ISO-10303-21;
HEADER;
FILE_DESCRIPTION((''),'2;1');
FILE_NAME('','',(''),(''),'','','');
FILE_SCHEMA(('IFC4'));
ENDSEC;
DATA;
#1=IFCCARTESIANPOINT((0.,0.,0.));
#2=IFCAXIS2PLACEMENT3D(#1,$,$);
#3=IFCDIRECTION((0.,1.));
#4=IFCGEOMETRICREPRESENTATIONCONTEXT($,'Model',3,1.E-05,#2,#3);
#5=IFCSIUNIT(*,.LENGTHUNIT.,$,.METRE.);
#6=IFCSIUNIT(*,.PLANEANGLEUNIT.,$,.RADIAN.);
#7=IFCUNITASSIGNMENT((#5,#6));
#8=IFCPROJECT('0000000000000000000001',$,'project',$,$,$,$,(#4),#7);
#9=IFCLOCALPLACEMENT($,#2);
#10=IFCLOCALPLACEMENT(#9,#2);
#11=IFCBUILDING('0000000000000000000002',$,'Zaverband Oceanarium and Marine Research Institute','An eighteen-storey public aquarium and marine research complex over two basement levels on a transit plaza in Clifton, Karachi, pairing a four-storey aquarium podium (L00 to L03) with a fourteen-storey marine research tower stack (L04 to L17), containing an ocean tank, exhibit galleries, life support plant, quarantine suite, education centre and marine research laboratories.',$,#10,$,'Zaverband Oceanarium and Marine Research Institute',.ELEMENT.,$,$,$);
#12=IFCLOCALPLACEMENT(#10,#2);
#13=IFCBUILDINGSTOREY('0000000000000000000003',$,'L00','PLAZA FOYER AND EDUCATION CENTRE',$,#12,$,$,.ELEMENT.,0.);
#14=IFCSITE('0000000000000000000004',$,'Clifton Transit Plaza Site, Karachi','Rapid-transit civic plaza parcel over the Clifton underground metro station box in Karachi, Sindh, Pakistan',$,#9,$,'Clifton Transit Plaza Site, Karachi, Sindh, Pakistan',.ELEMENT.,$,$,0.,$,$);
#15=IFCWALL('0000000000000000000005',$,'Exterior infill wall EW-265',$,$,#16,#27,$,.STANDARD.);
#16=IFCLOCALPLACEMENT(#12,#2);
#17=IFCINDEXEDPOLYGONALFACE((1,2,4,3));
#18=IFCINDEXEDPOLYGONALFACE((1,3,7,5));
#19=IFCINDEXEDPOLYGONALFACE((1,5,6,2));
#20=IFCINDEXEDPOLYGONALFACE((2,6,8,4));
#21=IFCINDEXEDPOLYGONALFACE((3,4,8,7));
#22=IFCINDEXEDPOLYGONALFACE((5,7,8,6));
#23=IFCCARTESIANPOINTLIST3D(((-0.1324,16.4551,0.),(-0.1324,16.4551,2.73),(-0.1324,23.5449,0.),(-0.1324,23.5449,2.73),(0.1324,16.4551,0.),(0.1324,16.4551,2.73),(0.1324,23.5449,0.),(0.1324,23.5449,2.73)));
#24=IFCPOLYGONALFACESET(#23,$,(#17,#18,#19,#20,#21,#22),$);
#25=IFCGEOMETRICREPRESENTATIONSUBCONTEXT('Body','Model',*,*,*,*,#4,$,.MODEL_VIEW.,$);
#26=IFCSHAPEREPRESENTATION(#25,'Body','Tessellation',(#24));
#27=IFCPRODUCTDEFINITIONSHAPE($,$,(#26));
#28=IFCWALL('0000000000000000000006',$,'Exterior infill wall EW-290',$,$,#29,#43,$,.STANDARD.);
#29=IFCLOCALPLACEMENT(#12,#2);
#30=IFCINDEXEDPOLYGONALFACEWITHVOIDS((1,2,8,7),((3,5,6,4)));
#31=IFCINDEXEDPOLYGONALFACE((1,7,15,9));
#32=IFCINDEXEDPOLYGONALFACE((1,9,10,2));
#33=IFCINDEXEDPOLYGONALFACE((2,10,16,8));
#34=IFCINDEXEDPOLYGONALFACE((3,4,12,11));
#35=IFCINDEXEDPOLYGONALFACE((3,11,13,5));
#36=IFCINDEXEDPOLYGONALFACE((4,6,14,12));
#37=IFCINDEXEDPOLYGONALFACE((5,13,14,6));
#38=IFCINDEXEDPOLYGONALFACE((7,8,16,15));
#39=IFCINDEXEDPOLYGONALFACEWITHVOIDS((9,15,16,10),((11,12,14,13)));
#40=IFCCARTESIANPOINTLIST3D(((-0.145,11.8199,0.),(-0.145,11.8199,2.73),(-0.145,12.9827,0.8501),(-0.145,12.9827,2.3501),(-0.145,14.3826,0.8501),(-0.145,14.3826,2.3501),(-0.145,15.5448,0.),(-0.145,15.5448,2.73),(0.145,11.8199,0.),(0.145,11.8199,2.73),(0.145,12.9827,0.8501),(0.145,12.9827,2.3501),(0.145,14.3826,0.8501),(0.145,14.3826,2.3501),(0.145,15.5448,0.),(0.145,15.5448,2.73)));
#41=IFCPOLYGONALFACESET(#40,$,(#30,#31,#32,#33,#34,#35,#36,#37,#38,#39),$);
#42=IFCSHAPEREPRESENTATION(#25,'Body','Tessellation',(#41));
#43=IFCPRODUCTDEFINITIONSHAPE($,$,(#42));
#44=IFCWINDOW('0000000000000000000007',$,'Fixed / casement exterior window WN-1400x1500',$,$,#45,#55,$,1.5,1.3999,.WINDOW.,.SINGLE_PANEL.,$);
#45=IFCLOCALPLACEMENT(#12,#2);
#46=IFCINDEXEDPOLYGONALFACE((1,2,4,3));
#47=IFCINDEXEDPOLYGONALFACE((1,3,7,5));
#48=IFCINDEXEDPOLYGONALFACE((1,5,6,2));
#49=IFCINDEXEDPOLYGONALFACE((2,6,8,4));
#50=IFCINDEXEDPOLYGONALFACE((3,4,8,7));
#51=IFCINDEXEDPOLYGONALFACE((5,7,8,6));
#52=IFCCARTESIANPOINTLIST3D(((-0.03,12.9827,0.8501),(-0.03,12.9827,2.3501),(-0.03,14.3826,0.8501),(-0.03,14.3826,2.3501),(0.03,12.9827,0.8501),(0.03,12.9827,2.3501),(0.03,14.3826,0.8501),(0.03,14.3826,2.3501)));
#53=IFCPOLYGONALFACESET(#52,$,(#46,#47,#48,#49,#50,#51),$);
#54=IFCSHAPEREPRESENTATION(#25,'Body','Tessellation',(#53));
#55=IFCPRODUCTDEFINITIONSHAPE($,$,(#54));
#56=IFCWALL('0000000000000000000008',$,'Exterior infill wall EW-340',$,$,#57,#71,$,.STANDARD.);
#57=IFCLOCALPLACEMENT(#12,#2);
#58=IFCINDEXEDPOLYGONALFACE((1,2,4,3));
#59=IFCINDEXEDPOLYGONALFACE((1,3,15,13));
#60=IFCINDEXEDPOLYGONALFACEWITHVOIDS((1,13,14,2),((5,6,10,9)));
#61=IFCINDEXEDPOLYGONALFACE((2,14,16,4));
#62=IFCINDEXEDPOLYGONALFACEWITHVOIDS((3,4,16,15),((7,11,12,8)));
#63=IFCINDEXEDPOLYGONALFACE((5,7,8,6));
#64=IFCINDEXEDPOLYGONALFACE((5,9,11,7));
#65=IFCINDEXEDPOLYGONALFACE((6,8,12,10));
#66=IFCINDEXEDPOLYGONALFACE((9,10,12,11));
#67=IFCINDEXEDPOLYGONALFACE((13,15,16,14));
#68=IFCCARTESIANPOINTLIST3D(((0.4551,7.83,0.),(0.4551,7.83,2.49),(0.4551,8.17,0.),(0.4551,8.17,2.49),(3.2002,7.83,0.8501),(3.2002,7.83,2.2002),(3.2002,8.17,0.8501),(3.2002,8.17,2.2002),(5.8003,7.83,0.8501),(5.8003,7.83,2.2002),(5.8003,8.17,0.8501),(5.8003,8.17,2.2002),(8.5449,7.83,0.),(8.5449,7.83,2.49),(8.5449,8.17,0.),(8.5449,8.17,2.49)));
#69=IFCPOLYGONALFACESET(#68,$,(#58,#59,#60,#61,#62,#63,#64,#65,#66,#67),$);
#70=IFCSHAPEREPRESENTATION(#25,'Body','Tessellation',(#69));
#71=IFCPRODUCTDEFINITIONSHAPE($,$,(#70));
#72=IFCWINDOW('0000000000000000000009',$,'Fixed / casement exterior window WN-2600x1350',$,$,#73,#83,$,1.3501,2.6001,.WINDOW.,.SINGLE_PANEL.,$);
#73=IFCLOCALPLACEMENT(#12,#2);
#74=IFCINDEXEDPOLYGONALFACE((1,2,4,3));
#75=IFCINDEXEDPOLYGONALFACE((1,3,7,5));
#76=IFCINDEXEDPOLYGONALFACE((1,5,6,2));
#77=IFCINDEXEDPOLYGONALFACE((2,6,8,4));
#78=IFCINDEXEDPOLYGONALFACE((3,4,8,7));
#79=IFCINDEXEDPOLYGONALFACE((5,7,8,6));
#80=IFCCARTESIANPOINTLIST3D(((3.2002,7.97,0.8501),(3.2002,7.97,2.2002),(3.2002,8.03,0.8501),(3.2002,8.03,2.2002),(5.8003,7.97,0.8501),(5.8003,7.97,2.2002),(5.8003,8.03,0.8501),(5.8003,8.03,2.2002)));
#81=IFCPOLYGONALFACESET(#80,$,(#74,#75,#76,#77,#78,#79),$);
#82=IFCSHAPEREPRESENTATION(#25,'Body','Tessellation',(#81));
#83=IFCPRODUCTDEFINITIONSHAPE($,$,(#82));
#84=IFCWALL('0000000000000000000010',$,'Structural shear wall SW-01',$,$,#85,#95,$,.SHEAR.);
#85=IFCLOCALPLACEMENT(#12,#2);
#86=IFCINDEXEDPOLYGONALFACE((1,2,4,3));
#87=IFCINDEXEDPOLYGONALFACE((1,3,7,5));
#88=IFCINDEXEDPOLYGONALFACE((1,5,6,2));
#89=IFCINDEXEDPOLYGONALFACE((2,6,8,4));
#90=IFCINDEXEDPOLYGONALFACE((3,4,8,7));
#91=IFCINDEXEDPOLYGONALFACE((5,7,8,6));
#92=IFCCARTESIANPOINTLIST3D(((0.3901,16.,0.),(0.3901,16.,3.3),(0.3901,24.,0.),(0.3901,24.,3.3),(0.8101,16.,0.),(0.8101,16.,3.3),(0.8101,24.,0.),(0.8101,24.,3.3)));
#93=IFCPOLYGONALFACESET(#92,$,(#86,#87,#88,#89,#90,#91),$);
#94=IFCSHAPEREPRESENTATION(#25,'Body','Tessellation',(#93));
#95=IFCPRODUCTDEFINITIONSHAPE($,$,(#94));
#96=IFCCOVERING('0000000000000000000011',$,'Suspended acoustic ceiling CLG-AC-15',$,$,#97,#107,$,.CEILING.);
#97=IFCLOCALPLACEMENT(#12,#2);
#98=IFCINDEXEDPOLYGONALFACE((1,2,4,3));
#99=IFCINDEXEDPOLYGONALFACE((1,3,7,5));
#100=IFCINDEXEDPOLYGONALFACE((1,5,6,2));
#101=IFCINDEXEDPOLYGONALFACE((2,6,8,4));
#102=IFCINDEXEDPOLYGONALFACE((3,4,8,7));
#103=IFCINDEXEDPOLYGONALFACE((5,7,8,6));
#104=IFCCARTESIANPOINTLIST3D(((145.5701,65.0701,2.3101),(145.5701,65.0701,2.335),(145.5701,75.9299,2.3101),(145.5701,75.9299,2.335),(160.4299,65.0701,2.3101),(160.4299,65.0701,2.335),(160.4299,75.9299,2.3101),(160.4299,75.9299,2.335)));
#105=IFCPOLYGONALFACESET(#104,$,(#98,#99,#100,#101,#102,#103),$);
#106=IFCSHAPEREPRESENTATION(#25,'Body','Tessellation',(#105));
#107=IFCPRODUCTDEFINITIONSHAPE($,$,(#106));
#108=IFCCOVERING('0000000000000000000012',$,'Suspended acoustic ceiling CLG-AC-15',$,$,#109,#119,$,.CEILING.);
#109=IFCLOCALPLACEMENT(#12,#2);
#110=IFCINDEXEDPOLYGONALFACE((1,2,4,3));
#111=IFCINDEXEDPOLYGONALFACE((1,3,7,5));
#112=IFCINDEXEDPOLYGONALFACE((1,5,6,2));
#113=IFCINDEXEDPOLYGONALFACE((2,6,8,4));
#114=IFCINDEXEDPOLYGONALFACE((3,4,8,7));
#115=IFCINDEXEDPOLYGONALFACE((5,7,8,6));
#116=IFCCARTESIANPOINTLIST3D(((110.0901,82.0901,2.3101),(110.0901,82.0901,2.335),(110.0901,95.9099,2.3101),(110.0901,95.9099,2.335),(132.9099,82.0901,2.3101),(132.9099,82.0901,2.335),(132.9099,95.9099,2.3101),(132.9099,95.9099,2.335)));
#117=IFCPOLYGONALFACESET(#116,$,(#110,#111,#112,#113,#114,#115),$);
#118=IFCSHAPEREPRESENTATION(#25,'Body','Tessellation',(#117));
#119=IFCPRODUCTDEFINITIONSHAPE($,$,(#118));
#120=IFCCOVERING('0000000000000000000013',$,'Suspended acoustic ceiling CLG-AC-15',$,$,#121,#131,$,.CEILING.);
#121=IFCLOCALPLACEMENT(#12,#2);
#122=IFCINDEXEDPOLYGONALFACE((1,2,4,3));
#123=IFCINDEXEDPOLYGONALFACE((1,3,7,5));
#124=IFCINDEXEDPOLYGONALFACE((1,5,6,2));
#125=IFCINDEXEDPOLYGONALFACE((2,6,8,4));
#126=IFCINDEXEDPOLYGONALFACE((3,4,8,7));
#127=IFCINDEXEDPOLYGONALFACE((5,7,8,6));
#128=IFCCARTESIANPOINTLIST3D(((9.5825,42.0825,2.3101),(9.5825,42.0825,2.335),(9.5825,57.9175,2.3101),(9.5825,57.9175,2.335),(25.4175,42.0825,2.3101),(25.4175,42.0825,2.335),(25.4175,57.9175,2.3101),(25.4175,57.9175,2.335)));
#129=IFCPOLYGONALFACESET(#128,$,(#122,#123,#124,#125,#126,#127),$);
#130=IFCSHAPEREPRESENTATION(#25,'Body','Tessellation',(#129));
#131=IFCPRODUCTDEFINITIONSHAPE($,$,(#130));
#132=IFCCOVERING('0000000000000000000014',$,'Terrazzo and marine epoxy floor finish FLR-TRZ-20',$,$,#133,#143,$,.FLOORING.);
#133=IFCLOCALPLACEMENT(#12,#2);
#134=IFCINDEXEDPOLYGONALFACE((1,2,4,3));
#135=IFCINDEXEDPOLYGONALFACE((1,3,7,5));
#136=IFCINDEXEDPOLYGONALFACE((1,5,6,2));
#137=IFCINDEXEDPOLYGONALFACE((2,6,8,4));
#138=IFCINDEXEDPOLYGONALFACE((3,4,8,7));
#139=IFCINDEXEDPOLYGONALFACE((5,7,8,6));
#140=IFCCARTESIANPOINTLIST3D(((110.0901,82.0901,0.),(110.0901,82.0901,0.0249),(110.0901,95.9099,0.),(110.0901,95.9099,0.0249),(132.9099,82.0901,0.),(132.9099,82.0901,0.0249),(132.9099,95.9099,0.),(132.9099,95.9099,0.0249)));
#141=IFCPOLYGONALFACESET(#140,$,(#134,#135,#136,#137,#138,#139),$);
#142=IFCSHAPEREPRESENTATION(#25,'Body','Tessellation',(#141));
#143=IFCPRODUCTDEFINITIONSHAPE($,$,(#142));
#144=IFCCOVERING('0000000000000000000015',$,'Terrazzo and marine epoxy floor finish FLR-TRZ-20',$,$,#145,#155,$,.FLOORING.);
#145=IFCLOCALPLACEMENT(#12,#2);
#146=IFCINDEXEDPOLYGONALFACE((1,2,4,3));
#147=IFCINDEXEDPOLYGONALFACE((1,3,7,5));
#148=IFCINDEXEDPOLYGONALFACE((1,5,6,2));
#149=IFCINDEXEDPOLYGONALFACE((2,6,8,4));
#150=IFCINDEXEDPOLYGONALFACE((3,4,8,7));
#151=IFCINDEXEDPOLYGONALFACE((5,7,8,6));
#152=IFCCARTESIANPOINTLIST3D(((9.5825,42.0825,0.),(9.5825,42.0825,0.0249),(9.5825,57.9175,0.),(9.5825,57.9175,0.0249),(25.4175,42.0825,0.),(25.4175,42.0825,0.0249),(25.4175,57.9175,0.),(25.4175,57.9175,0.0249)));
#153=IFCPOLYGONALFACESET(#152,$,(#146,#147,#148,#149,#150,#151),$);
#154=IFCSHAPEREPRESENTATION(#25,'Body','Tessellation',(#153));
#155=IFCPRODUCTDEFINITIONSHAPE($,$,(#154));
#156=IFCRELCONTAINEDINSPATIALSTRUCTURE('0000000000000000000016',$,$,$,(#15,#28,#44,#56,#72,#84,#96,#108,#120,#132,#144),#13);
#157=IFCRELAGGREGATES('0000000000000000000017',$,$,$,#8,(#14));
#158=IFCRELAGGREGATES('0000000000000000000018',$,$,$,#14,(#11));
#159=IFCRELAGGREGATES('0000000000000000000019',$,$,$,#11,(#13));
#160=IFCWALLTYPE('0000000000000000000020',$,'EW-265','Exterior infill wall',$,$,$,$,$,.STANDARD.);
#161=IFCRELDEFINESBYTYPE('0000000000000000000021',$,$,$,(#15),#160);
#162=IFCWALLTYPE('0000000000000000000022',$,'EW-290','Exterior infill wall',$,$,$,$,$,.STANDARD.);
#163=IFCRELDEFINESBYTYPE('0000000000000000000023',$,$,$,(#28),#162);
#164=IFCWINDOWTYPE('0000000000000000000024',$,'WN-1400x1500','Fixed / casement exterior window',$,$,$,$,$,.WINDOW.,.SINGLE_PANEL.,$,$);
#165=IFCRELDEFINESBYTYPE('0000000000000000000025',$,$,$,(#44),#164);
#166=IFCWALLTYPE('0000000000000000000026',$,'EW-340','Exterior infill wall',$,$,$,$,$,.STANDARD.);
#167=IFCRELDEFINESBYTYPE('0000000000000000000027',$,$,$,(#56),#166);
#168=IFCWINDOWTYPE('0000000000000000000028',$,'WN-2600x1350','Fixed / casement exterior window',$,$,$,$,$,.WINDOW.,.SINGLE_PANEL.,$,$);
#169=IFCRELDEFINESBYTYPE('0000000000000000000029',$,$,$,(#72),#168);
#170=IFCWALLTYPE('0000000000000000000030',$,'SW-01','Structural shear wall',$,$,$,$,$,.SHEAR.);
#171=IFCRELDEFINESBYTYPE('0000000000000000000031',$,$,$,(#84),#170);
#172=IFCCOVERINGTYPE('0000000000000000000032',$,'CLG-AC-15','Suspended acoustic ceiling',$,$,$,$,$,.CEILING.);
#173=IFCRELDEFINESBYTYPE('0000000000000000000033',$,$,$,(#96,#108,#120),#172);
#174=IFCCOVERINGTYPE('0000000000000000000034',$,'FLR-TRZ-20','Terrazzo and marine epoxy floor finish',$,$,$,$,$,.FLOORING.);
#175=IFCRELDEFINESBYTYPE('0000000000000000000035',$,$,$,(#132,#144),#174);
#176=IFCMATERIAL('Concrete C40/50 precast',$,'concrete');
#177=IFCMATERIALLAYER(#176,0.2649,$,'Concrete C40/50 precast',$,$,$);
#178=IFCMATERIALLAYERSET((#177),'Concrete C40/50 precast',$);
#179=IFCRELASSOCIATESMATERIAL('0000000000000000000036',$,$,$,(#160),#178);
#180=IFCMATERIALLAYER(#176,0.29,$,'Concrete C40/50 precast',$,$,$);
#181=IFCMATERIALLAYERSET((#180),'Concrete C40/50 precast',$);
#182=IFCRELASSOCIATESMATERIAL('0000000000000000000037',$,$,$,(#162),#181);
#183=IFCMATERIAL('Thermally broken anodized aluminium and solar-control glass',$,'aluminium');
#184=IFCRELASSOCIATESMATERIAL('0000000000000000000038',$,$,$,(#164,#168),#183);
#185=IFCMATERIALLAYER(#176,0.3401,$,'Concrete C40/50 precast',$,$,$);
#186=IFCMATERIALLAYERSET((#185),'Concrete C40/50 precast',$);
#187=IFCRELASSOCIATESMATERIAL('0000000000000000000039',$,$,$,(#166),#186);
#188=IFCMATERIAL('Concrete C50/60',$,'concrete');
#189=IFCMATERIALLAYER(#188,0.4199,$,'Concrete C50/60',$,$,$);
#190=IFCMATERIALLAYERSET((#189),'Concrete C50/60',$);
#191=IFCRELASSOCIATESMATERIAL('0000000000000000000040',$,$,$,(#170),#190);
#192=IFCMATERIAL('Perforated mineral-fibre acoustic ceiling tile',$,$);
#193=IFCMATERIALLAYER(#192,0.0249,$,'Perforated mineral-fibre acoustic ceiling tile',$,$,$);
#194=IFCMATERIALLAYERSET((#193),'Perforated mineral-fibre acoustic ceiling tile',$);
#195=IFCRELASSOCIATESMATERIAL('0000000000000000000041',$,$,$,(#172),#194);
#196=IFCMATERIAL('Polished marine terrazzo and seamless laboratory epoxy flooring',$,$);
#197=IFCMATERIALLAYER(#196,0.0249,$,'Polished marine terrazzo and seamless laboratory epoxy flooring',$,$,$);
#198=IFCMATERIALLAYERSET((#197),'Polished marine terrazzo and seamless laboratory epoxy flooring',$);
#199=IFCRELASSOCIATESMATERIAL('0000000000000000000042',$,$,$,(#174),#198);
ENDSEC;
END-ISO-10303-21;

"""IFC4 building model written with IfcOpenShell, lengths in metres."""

from ifc_helpers import new_model, si_unit, direction, frame, frame_2d, origin, place, context, subcontext, project, spatial, polyline, rectangle, outline, extrude, material, layer, layer_set, type_object, element, fill, save


model = new_model("IFC4")

# Units and contexts
model_context = context("Model", 3, precision=1e-05, world=origin(), true_north=direction((0.0, 1.0)))
body_context = subcontext(model_context, "Body", "Model", "MODEL_VIEW")
ifc_project = project(units=[si_unit("LENGTHUNIT", "METRE"), si_unit("PLANEANGLEUNIT", "RADIAN")], contexts=[model_context])

# Site, building, storey
site_placement = place(None, origin())
site = spatial("IfcSite", under=ifc_project, at=site_placement, Name="Clifton Transit Plaza Site, Karachi", Description="Rapid-transit civic plaza parcel over the Clifton underground metro station box in Karachi, Sindh, Pakistan", LongName="Clifton Transit Plaza Site, Karachi, Sindh, Pakistan", CompositionType="ELEMENT", RefElevation=0.0)
building_placement = place(site_placement, origin())
building = spatial("IfcBuilding", under=site, at=building_placement, Name="Zaverband Oceanarium and Marine Research Institute", Description="An eighteen-storey public aquarium and marine research complex over two basement levels on a transit plaza in Clifton, Karachi, pairing a four-storey aquarium podium (L00 to L03) with a fourteen-storey marine research tower stack (L04 to L17), containing an ocean tank, exhibit galleries, life support plant, quarantine suite, education centre and marine research laboratories.", LongName="Zaverband Oceanarium and Marine Research Institute", CompositionType="ELEMENT")
storey_placement = place(building_placement, origin())
storey = spatial("IfcBuildingStorey", under=building, at=storey_placement, Name="L00", Description="PLAZA FOYER AND EDUCATION CENTRE", CompositionType="ELEMENT", Elevation=0.0)

# Shared definitions
ifc_material_1 = material(Name="Concrete C50/60", Category="concrete")

# Wall
ifc_material_2 = material(Name="Concrete C40/50 precast", Category="concrete")
ifc_layer_1 = layer(ifc_material_2, 0.2649, Name="Concrete C40/50 precast")
ifc_layer_set_1 = layer_set([ifc_layer_1], Name="Concrete C40/50 precast")
wall_type_1 = type_object("IfcWallType", Name="EW-265", Description="Exterior infill wall", PredefinedType="STANDARD", material=ifc_layer_set_1)
wall_1_placement = place(storey_placement, frame((0.0, 16.4551, 0.0), z_axis=(0.0, 0.0, 1.0), x_axis=(0.0, 1.0, 0.0)))
element("IfcWall", 1, at=wall_1_placement, inside=storey, type_object=wall_type_1, Name="Exterior infill wall EW-265", PredefinedType="STANDARD", context=body_context, shape_type="SweptSolid", body=[
    extrude(rectangle(XDim=7.0898, YDim=0.2649, at=frame_2d((3.5449, 0.0))), origin(), (0.0, 0.0, 1.0), 2.73),
])

# Walls, openings, windows
ifc_layer_2 = layer(ifc_material_2, 0.29, Name="Concrete C40/50 precast")
ifc_layer_set_2 = layer_set([ifc_layer_2], Name="Concrete C40/50 precast")
wall_type_2 = type_object("IfcWallType", Name="EW-290", Description="Exterior infill wall", PredefinedType="STANDARD", material=ifc_layer_set_2)
wall_2_placement = place(storey_placement, frame((0.0, 11.8201, 0.0), z_axis=(0.0, 0.0, 1.0), x_axis=(0.0, 1.0, 0.0)))
wall_2 = element("IfcWall", 2, at=wall_2_placement, inside=storey, type_object=wall_type_2, Name="Exterior infill wall EW-290", PredefinedType="STANDARD", context=body_context, shape_type="SweptSolid", body=[
    extrude(rectangle(XDim=3.7249, YDim=0.29, at=frame_2d((1.8623, 0.0))), origin(), (0.0, 0.0, 1.0), 2.73),
])
opening_1_placement = place(wall_2_placement, frame((1.1626, 0.0, 0.8501)))
opening_1 = element("IfcOpeningElement", 3, at=opening_1_placement, cuts=wall_2, PredefinedType="OPENING", context=body_context, shape_type="SweptSolid", body=[
    extrude(rectangle(XDim=1.3999, YDim=1.5, at=frame_2d((0.7, 0.75))), frame((0.0, 0.157, 0.0), z_axis=(0.0, -1.0, 0.0), x_axis=(1.0, 0.0, 0.0)), (0.0, 0.0, 1.0), 0.314),
])
ifc_material_3 = material(Name="Thermally broken anodized aluminium and solar-control glass", Category="aluminium")
window_type_1 = type_object("IfcWindowType", Name="WN-1400x1500", Description="Fixed / casement exterior window", PartitioningType="SINGLE_PANEL", PredefinedType="WINDOW", material=ifc_material_3)
window_1_placement = place(opening_1_placement, origin())
window_1 = element("IfcWindow", 4, at=window_1_placement, inside=storey, type_object=window_type_1, Name="Fixed / casement exterior window WN-1400x1500", OverallHeight=1.5, OverallWidth=1.3999, PartitioningType="SINGLE_PANEL", PredefinedType="WINDOW", context=body_context, shape_type="SweptSolid", body=[
    extrude(rectangle(XDim=1.3999, YDim=1.5, at=frame_2d((0.7, 0.75))), frame((0.0, 0.03, 0.0), z_axis=(0.0, -1.0, 0.0), x_axis=(1.0, 0.0, 0.0)), (0.0, 0.0, 1.0), 0.0601),
])
fill(opening_1, window_1)
ifc_layer_3 = layer(ifc_material_2, 0.3401, Name="Concrete C40/50 precast")
ifc_layer_set_3 = layer_set([ifc_layer_3], Name="Concrete C40/50 precast")
wall_type_3 = type_object("IfcWallType", Name="EW-340", Description="Exterior infill wall", PredefinedType="STANDARD", material=ifc_layer_set_3)
wall_3_placement = place(storey_placement, frame((0.4551, 8.0, 0.0), z_axis=(0.0, 0.0, 1.0), x_axis=(1.0, 0.0, 0.0)))
wall_3 = element("IfcWall", 5, at=wall_3_placement, inside=storey, type_object=wall_type_3, Name="Exterior infill wall EW-340", PredefinedType="STANDARD", context=body_context, shape_type="SweptSolid", body=[
    extrude(rectangle(XDim=8.0898, YDim=0.3401, at=frame_2d((4.0449, 0.0))), origin(), (0.0, 0.0, 1.0), 2.49),
])
opening_2_placement = place(wall_3_placement, frame((2.7451, 0.0, 0.8501)))
opening_2 = element("IfcOpeningElement", 6, at=opening_2_placement, cuts=wall_3, PredefinedType="OPENING", context=body_context, shape_type="SweptSolid", body=[
    extrude(rectangle(XDim=2.6001, YDim=1.3501, at=frame_2d((1.3, 0.675))), frame((0.0, 0.1821, 0.0), z_axis=(0.0, -1.0, 0.0), x_axis=(1.0, 0.0, 0.0)), (0.0, 0.0, 1.0), 0.364),
])
window_type_2 = type_object("IfcWindowType", Name="WN-2600x1350", Description="Fixed / casement exterior window", PartitioningType="SINGLE_PANEL", PredefinedType="WINDOW", material=ifc_material_3)
window_2_placement = place(opening_2_placement, origin())
window_2 = element("IfcWindow", 7, at=window_2_placement, inside=storey, type_object=window_type_2, Name="Fixed / casement exterior window WN-2600x1350", OverallHeight=1.3501, OverallWidth=2.6001, PartitioningType="SINGLE_PANEL", PredefinedType="WINDOW", context=body_context, shape_type="SweptSolid", body=[
    extrude(rectangle(XDim=2.6001, YDim=1.3501, at=frame_2d((1.3, 0.675))), frame((0.0, 0.03, 0.0), z_axis=(0.0, -1.0, 0.0), x_axis=(1.0, 0.0, 0.0)), (0.0, 0.0, 1.0), 0.0601),
])
fill(opening_2, window_2)

# Wall
ifc_layer_4 = layer(ifc_material_1, 0.4199, Name="Concrete C50/60")
ifc_layer_set_4 = layer_set([ifc_layer_4], Name="Concrete C50/60")
wall_type_4 = type_object("IfcWallType", Name="SW-01", Description="Structural shear wall", PredefinedType="SHEAR", material=ifc_layer_set_4)
wall_4_placement = place(storey_placement, frame((0.6001, 16.0, 0.0), z_axis=(0.0, 0.0, 1.0), x_axis=(0.0, 1.0, 0.0)))
element("IfcWall", 8, at=wall_4_placement, inside=storey, type_object=wall_type_4, Name="Structural shear wall SW-01", PredefinedType="SHEAR", context=body_context, shape_type="SweptSolid", body=[
    extrude(rectangle(XDim=8.0, YDim=0.4199, at=frame_2d((4.0, 0.0))), origin(), (0.0, 0.0, 1.0), 3.3),
])

# Coverings
ifc_material_4 = material(Name="Perforated mineral-fibre acoustic ceiling tile")
ifc_layer_5 = layer(ifc_material_4, 0.0249, Name="Perforated mineral-fibre acoustic ceiling tile")
ifc_layer_set_5 = layer_set([ifc_layer_5], Name="Perforated mineral-fibre acoustic ceiling tile")
covering_type_1 = type_object("IfcCoveringType", Name="CLG-AC-15", Description="Suspended acoustic ceiling", PredefinedType="CEILING", material=ifc_layer_set_5)
covering_1_placement = place(storey_placement, frame((0.0, 0.0, 2.3101)))
element("IfcCovering", 9, at=covering_1_placement, inside=storey, type_object=covering_type_1, Name="Suspended acoustic ceiling CLG-AC-15", PredefinedType="CEILING", context=body_context, shape_type="SweptSolid", body=[
    extrude(outline(polyline([(145.5701, 65.0701), (160.4299, 65.0701), (160.4299, 75.9299), (145.5701, 75.9299), (145.5701, 65.0701)])), origin(), (0.0, 0.0, 1.0), 0.0249),
])
covering_2_placement = place(storey_placement, frame((0.0, 0.0, 2.3101)))
element("IfcCovering", 10, at=covering_2_placement, inside=storey, type_object=covering_type_1, Name="Suspended acoustic ceiling CLG-AC-15", PredefinedType="CEILING", context=body_context, shape_type="SweptSolid", body=[
    extrude(outline(polyline([(110.0901, 82.0901), (132.9099, 82.0901), (132.9099, 95.9099), (110.0901, 95.9099), (110.0901, 82.0901)])), origin(), (0.0, 0.0, 1.0), 0.0249),
])
covering_3_placement = place(storey_placement, frame((0.0, 0.0, 2.3101)))
element("IfcCovering", 11, at=covering_3_placement, inside=storey, type_object=covering_type_1, Name="Suspended acoustic ceiling CLG-AC-15", PredefinedType="CEILING", context=body_context, shape_type="SweptSolid", body=[
    extrude(outline(polyline([(9.5825, 42.0825), (25.4175, 42.0825), (25.4175, 57.9175), (9.5825, 57.9175), (9.5825, 42.0825)])), origin(), (0.0, 0.0, 1.0), 0.0249),
])
ifc_material_5 = material(Name="Polished marine terrazzo and seamless laboratory epoxy flooring")
ifc_layer_6 = layer(ifc_material_5, 0.0249, Name="Polished marine terrazzo and seamless laboratory epoxy flooring")
ifc_layer_set_6 = layer_set([ifc_layer_6], Name="Polished marine terrazzo and seamless laboratory epoxy flooring")
covering_type_2 = type_object("IfcCoveringType", Name="FLR-TRZ-20", Description="Terrazzo and marine epoxy floor finish", PredefinedType="FLOORING", material=ifc_layer_set_6)
covering_4_placement = place(storey_placement, origin())
element("IfcCovering", 12, at=covering_4_placement, inside=storey, type_object=covering_type_2, Name="Terrazzo and marine epoxy floor finish FLR-TRZ-20", PredefinedType="FLOORING", context=body_context, shape_type="SweptSolid", body=[
    extrude(outline(polyline([(110.0901, 82.0901), (132.9099, 82.0901), (132.9099, 95.9099), (110.0901, 95.9099), (110.0901, 82.0901)])), origin(), (0.0, 0.0, 1.0), 0.0249),
])
covering_5_placement = place(storey_placement, origin())
element("IfcCovering", 13, at=covering_5_placement, inside=storey, type_object=covering_type_2, Name="Terrazzo and marine epoxy floor finish FLR-TRZ-20", PredefinedType="FLOORING", context=body_context, shape_type="SweptSolid", body=[
    extrude(outline(polyline([(9.5825, 42.0825), (25.4175, 42.0825), (25.4175, 57.9175), (9.5825, 57.9175), (9.5825, 42.0825)])), origin(), (0.0, 0.0, 1.0), 0.0249),
])

save(model, "model.ifc")
